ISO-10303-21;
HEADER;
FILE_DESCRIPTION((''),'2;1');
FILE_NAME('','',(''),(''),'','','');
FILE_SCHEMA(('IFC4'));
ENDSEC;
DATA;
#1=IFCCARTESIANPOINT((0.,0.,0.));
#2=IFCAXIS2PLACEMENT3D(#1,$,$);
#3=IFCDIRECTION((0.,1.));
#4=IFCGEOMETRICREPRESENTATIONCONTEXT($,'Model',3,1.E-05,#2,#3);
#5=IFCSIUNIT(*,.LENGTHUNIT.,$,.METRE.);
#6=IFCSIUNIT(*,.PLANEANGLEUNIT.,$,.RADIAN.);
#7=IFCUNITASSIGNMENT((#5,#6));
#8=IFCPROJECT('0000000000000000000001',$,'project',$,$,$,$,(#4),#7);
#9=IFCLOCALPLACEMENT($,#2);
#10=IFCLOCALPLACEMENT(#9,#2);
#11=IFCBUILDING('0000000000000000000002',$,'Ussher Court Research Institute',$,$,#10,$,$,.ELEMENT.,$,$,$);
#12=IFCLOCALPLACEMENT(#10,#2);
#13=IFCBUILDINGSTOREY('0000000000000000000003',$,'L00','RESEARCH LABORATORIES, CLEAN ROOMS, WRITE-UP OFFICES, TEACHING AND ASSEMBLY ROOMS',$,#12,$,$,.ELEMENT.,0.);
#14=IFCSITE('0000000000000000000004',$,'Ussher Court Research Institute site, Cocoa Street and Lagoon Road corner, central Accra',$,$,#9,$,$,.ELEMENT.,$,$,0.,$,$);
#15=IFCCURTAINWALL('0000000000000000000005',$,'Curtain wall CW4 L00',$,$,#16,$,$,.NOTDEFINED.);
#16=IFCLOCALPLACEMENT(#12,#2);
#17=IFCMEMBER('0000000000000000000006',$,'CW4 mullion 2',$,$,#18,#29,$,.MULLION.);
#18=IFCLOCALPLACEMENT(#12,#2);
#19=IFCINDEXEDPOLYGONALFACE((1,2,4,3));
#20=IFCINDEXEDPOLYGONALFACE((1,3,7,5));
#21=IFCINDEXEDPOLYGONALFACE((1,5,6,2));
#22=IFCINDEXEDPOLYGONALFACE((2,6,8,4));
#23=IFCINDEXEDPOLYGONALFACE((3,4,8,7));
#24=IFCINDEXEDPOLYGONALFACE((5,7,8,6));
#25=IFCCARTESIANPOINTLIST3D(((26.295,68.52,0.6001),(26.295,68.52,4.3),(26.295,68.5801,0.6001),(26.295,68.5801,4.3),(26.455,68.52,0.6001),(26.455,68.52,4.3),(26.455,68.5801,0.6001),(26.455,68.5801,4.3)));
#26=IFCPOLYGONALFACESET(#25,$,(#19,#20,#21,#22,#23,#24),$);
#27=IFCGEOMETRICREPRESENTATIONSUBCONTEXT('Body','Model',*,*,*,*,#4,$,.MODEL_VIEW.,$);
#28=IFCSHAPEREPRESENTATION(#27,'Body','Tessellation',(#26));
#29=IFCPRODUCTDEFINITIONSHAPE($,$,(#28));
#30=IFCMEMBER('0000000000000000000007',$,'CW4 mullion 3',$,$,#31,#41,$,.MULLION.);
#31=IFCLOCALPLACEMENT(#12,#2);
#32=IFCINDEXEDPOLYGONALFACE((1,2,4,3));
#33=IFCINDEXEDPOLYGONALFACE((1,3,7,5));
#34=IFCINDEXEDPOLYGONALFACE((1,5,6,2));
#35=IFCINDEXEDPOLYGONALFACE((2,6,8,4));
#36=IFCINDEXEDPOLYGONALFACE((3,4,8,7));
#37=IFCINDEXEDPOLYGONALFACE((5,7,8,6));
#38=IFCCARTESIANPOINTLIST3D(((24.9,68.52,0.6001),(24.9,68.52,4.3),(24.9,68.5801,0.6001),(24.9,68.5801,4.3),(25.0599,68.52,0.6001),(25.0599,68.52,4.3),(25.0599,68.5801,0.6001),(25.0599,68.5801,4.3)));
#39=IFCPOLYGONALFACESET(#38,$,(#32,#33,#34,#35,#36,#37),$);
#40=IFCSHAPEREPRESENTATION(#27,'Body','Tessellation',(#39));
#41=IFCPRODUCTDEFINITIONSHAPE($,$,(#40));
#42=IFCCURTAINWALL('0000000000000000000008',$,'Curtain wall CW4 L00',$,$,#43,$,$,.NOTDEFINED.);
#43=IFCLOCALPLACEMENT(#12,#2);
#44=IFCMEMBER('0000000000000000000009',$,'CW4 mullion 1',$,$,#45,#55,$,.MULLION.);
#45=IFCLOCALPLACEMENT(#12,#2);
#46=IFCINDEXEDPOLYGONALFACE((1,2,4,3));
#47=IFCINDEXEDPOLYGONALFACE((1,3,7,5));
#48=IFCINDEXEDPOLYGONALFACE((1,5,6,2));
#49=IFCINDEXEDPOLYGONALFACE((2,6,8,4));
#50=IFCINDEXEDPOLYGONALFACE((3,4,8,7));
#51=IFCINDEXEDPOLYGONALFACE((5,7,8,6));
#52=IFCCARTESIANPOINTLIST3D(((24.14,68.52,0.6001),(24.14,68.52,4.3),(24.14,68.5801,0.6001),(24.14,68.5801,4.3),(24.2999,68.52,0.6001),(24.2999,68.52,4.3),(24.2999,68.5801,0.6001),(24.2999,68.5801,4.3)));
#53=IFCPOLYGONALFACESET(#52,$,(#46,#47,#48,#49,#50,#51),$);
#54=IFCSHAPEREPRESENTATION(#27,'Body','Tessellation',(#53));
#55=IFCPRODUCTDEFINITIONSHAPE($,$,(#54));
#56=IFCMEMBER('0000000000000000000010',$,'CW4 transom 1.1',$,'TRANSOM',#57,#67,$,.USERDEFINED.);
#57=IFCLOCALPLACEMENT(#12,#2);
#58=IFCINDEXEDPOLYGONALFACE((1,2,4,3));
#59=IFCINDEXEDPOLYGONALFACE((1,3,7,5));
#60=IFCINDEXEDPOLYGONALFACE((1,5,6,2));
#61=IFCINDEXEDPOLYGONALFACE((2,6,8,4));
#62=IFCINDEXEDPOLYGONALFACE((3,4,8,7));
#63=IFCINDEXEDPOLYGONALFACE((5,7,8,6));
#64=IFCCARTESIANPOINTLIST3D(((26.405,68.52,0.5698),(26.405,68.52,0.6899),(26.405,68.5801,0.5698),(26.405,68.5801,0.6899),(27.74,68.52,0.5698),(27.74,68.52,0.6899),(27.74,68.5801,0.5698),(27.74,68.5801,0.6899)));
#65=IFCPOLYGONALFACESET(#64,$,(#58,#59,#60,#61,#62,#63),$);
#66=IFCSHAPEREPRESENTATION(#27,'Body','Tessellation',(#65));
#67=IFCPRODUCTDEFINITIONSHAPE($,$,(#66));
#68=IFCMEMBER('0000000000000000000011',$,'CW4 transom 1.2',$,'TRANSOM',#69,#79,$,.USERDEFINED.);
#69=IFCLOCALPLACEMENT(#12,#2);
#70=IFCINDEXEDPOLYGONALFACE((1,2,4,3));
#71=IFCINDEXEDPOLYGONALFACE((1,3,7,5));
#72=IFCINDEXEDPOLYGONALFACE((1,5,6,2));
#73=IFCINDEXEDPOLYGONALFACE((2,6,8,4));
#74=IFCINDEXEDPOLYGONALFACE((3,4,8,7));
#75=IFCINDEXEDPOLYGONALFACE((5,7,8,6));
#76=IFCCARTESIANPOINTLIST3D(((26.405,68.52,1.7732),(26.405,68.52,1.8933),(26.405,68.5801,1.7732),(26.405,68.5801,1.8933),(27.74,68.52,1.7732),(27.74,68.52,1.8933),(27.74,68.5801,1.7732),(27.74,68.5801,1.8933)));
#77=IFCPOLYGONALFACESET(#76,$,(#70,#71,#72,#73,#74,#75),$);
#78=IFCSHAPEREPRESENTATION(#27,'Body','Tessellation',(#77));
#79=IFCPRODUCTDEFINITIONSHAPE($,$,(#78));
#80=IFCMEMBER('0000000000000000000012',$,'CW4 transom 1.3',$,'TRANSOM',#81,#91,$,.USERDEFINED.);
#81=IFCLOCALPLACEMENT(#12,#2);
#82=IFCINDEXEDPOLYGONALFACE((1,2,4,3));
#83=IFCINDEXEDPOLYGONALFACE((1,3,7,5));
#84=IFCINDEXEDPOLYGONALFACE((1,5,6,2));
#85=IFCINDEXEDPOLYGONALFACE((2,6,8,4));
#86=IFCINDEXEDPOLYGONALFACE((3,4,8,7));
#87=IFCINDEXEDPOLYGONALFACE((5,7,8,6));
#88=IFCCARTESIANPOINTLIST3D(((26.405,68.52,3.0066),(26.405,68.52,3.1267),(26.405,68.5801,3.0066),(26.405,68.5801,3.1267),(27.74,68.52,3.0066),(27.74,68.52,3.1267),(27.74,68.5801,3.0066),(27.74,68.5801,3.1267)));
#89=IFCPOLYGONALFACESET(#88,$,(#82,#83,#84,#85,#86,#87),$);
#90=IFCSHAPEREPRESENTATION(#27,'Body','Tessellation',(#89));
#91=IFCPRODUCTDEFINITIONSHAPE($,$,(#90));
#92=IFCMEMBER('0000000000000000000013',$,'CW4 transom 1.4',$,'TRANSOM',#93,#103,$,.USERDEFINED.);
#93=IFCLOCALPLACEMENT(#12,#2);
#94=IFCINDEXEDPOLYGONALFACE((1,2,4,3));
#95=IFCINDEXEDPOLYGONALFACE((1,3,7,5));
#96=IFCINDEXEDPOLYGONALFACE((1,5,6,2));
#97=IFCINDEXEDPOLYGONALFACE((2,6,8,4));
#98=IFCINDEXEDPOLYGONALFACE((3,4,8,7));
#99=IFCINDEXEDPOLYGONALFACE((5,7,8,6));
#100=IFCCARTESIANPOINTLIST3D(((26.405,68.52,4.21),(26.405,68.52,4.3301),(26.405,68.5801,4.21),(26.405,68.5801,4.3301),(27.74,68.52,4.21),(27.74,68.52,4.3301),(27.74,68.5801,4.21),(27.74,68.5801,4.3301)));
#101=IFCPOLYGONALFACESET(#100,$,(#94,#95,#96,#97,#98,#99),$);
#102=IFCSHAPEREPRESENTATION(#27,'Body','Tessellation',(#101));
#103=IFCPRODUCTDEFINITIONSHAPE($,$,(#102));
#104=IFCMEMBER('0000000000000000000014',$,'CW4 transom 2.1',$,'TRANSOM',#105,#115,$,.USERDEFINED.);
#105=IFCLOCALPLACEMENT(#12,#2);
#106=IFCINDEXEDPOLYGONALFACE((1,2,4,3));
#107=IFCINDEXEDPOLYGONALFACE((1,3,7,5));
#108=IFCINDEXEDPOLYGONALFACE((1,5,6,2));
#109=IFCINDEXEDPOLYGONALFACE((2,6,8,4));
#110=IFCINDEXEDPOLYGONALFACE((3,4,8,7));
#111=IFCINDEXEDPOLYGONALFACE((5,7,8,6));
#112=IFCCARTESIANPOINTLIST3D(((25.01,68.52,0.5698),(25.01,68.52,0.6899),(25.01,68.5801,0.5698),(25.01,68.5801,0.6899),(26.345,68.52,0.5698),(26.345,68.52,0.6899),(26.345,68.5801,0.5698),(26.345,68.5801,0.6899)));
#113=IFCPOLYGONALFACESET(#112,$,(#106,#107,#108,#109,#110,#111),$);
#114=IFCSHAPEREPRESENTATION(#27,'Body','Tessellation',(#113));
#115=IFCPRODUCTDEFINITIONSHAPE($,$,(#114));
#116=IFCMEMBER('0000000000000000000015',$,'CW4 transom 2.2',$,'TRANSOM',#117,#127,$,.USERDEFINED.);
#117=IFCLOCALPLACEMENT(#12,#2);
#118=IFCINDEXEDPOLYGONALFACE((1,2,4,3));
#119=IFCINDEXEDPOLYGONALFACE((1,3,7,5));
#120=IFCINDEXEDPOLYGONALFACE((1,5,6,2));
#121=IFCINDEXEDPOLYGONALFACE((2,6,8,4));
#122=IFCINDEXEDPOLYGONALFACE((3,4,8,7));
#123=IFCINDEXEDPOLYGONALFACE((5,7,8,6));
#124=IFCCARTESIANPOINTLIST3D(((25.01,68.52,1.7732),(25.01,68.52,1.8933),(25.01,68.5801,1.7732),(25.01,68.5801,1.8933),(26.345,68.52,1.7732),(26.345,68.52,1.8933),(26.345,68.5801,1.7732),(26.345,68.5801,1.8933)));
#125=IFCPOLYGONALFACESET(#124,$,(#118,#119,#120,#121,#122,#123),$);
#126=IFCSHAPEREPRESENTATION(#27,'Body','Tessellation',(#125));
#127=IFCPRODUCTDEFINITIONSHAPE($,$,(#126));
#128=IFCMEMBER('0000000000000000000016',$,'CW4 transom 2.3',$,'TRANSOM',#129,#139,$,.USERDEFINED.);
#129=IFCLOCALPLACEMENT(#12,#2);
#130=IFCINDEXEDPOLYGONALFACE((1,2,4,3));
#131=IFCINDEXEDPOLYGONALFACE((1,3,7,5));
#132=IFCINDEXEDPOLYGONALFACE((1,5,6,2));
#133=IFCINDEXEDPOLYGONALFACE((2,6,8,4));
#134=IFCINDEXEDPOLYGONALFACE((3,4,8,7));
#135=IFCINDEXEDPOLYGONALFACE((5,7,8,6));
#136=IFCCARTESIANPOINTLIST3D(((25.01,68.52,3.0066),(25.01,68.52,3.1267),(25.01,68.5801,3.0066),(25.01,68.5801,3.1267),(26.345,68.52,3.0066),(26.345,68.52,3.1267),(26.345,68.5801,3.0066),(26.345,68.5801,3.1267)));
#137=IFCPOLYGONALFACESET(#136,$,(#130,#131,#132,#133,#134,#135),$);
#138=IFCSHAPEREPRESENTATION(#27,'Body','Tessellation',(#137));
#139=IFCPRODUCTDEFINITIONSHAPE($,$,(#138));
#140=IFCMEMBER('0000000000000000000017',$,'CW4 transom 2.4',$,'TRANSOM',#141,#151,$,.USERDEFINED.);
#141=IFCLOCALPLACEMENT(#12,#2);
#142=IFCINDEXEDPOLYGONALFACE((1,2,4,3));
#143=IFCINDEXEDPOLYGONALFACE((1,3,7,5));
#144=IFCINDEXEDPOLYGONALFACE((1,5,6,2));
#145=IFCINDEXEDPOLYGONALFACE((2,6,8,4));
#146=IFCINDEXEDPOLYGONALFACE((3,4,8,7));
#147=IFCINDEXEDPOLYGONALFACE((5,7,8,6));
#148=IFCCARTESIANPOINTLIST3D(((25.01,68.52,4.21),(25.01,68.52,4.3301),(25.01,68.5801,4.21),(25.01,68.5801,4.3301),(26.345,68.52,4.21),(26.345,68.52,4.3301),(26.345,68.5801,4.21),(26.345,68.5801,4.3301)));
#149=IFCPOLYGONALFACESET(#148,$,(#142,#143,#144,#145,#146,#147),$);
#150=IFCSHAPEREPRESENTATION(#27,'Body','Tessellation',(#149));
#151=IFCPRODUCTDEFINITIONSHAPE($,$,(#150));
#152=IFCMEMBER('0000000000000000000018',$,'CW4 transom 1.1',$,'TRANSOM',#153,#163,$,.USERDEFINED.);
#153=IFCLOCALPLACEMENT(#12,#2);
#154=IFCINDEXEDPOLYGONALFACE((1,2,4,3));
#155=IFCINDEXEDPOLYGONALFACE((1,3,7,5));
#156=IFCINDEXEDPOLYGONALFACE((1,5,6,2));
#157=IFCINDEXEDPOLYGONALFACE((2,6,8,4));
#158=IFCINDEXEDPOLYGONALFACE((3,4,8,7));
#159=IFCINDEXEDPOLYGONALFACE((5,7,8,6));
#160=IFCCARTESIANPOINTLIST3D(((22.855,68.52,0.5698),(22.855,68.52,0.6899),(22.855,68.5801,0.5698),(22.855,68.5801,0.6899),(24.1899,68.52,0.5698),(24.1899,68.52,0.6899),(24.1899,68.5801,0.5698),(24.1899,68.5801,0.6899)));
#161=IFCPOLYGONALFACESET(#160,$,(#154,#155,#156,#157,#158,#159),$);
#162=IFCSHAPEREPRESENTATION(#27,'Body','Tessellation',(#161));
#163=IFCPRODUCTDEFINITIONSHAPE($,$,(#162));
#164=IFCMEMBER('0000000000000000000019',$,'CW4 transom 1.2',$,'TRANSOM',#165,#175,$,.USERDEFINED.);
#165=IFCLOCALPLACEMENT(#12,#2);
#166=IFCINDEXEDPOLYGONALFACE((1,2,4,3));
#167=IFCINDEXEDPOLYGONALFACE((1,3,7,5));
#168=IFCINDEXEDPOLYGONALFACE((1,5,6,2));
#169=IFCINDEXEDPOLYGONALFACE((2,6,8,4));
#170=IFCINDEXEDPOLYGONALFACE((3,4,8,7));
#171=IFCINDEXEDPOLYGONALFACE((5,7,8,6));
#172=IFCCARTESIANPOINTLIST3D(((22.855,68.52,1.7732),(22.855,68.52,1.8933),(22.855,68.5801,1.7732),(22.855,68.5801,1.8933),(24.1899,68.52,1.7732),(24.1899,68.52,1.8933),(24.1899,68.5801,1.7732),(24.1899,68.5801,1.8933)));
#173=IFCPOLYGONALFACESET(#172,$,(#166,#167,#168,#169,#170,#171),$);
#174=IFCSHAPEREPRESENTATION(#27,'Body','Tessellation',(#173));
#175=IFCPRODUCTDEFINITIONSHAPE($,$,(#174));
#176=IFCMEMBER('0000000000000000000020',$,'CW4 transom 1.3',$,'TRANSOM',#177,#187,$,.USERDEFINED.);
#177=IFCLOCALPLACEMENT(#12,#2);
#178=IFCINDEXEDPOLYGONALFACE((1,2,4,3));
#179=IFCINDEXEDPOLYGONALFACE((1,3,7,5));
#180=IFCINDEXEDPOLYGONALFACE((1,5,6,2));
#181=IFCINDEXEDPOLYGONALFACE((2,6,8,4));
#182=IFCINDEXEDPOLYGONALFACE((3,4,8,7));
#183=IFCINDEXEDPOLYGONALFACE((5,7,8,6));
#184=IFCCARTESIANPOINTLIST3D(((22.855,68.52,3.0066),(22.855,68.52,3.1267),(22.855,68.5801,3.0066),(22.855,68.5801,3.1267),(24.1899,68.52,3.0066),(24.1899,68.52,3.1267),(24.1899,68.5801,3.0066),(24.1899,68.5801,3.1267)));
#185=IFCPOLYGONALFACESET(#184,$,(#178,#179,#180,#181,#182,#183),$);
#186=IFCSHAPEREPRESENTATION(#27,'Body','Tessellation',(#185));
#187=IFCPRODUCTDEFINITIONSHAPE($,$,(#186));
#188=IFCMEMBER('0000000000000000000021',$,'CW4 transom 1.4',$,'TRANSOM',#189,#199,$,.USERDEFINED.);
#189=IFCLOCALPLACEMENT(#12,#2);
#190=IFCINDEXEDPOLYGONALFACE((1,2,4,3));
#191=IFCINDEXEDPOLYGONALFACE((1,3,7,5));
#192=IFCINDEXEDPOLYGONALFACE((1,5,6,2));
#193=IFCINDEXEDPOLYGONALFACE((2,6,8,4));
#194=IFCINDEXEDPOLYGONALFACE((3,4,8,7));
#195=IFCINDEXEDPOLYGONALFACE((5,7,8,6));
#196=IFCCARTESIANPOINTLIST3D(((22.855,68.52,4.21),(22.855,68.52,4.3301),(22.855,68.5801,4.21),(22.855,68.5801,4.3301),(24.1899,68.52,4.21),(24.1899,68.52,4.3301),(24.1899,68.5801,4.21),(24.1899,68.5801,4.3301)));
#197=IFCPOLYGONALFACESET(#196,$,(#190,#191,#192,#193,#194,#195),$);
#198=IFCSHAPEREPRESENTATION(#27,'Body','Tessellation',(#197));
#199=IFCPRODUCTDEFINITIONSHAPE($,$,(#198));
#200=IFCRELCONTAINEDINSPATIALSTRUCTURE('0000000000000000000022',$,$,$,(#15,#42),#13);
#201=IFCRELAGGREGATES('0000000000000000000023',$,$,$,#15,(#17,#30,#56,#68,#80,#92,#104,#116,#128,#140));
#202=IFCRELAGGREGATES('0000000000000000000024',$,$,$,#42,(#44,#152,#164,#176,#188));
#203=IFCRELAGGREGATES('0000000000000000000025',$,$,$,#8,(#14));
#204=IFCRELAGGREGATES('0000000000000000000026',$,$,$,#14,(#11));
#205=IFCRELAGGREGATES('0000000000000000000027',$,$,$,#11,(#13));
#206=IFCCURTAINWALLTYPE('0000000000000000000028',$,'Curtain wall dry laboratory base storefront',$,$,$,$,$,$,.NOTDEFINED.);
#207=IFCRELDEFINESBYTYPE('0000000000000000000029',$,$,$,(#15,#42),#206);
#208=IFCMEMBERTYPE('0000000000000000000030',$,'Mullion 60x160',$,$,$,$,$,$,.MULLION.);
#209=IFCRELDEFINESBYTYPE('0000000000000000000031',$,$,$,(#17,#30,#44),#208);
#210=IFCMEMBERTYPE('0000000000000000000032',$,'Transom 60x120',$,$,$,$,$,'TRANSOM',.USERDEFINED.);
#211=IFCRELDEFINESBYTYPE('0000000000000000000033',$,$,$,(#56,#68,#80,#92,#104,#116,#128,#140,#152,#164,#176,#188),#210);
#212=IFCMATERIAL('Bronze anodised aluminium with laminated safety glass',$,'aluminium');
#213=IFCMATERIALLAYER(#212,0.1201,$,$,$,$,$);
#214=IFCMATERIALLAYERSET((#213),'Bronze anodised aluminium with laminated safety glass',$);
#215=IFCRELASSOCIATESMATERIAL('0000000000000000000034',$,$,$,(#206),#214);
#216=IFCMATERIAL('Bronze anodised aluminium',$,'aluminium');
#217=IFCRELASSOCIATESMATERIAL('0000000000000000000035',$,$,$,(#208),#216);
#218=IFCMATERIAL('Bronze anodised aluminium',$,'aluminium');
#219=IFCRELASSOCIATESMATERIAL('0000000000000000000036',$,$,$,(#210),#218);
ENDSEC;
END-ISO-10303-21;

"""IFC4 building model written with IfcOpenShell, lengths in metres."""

from ifc_helpers import new_model, si_unit, direction, frame, origin, origin_2d, place, context, subcontext, project, spatial, rectangle, extrude, material, layer, layer_set, material_profile, profile_set, type_object, element, aggregate, save


model = new_model("IFC4")

# Units and contexts
model_context = context("Model", 3, precision=1e-05, world=origin(), true_north=direction((0.0, 1.0)))
body_context = subcontext(model_context, "Body", "Model", "MODEL_VIEW")
ifc_project = project(units=[si_unit("LENGTHUNIT", "METRE"), si_unit("PLANEANGLEUNIT", "RADIAN")], contexts=[model_context])

# Site, building, storey
site_placement = place(None, origin())
site = spatial("IfcSite", under=ifc_project, at=site_placement, Name="Ussher Court Research Institute site, Cocoa Street and Lagoon Road corner, central Accra", CompositionType="ELEMENT", RefElevation=0.0)
building_placement = place(site_placement, origin())
building = spatial("IfcBuilding", under=site, at=building_placement, Name="Ussher Court Research Institute", CompositionType="ELEMENT")
storey_placement = place(building_placement, origin())
storey = spatial("IfcBuildingStorey", under=building, at=storey_placement, Name="L00", Description="RESEARCH LABORATORIES, CLEAN ROOMS, WRITE-UP OFFICES, TEACHING AND ASSEMBLY ROOMS", CompositionType="ELEMENT", Elevation=0.0)

# Curtain wall, members
ifc_material_1 = material(Name="Bronze anodised aluminium with laminated safety glass", Category="aluminium")
ifc_layer_1 = layer(ifc_material_1, 0.1201)
ifc_layer_set_1 = layer_set([ifc_layer_1], Name="Bronze anodised aluminium with laminated safety glass")
curtain_wall_type = type_object("IfcCurtainWallType", Name="Curtain wall dry laboratory base storefront", PredefinedType="NOTDEFINED", material=ifc_layer_set_1)
curtain_wall_1_placement = place(storey_placement, origin())
curtain_wall_1 = element("IfcCurtainWall", 1, at=curtain_wall_1_placement, inside=storey, type_object=curtain_wall_type, Name="Curtain wall CW4 L00", PredefinedType="NOTDEFINED")
ifc_material_2 = material(Name="Bronze anodised aluminium", Category="aluminium")
ifc_material_profile_1 = material_profile(ifc_material_2, rectangle(XDim=0.0601, YDim=0.1599, at=origin_2d()), Name="Mullion 60x160")
ifc_profile_set_1 = profile_set([ifc_material_profile_1], Name="Bronze anodised aluminium")
member_type_1 = type_object("IfcMemberType", Name="Mullion 60x160", PredefinedType="MULLION", material=ifc_profile_set_1)
member_1_placement = place(storey_placement, frame((26.375, 68.55, 0.6001), z_axis=(0.0, 0.0, 1.0), x_axis=(0.0, -1.0, 0.0)))
member_1 = element("IfcMember", 2, at=member_1_placement, type_object=member_type_1, Name="CW4 mullion 2", PredefinedType="MULLION", context=body_context, shape_type="SweptSolid", body=[
    extrude(rectangle(XDim=0.0601, YDim=0.1599, at=origin_2d()), origin(), (0.0, 0.0, 1.0), 3.7),
])
member_2_placement = place(storey_placement, frame((24.98, 68.55, 0.6001), z_axis=(0.0, 0.0, 1.0), x_axis=(0.0, -1.0, 0.0)))
member_2 = element("IfcMember", 3, at=member_2_placement, type_object=member_type_1, Name="CW4 mullion 3", PredefinedType="MULLION", context=body_context, shape_type="SweptSolid", body=[
    extrude(rectangle(XDim=0.0601, YDim=0.1599, at=origin_2d()), origin(), (0.0, 0.0, 1.0), 3.7),
])

# Curtain wall, member
curtain_wall_2_placement = place(storey_placement, origin())
curtain_wall_2 = element("IfcCurtainWall", 4, at=curtain_wall_2_placement, inside=storey, type_object=curtain_wall_type, Name="Curtain wall CW4 L00", PredefinedType="NOTDEFINED")
member_3_placement = place(storey_placement, frame((24.22, 68.55, 0.6001), z_axis=(0.0, 0.0, 1.0), x_axis=(0.0, -1.0, 0.0)))
member_3 = element("IfcMember", 5, at=member_3_placement, type_object=member_type_1, Name="CW4 mullion 1", PredefinedType="MULLION", context=body_context, shape_type="SweptSolid", body=[
    extrude(rectangle(XDim=0.0601, YDim=0.1599, at=origin_2d()), origin(), (0.0, 0.0, 1.0), 3.7),
])

# Members
ifc_material_3 = material(Name="Bronze anodised aluminium", Category="aluminium")
ifc_material_profile_2 = material_profile(ifc_material_3, rectangle(XDim=0.0601, YDim=0.1201, at=origin_2d()), Name="Transom 60x120")
ifc_profile_set_2 = profile_set([ifc_material_profile_2], Name="Bronze anodised aluminium")
member_type_2 = type_object("IfcMemberType", Name="Transom 60x120", ElementType="TRANSOM", PredefinedType="USERDEFINED", material=ifc_profile_set_2)
member_4_placement = place(storey_placement, frame((27.74, 68.55, 0.6299), z_axis=(-1.0, 0.0, 0.0), x_axis=(0.0, -1.0, 0.0)))
member_4 = element("IfcMember", 6, at=member_4_placement, type_object=member_type_2, Name="CW4 transom 1.1", ObjectType="TRANSOM", PredefinedType="USERDEFINED", context=body_context, shape_type="SweptSolid", body=[
    extrude(rectangle(XDim=0.0601, YDim=0.1201, at=origin_2d()), origin(), (0.0, 0.0, 1.0), 1.335),
])
member_5_placement = place(storey_placement, frame((27.74, 68.55, 1.8333), z_axis=(-1.0, 0.0, 0.0), x_axis=(0.0, -1.0, 0.0)))
member_5 = element("IfcMember", 7, at=member_5_placement, type_object=member_type_2, Name="CW4 transom 1.2", ObjectType="TRANSOM", PredefinedType="USERDEFINED", context=body_context, shape_type="SweptSolid", body=[
    extrude(rectangle(XDim=0.0601, YDim=0.1201, at=origin_2d()), origin(), (0.0, 0.0, 1.0), 1.335),
])
member_6_placement = place(storey_placement, frame((27.74, 68.55, 3.0667), z_axis=(-1.0, 0.0, 0.0), x_axis=(0.0, -1.0, 0.0)))
member_6 = element("IfcMember", 8, at=member_6_placement, type_object=member_type_2, Name="CW4 transom 1.3", ObjectType="TRANSOM", PredefinedType="USERDEFINED", context=body_context, shape_type="SweptSolid", body=[
    extrude(rectangle(XDim=0.0601, YDim=0.1201, at=origin_2d()), origin(), (0.0, 0.0, 1.0), 1.335),
])
member_7_placement = place(storey_placement, frame((27.74, 68.55, 4.27), z_axis=(-1.0, 0.0, 0.0), x_axis=(0.0, -1.0, 0.0)))
member_7 = element("IfcMember", 9, at=member_7_placement, type_object=member_type_2, Name="CW4 transom 1.4", ObjectType="TRANSOM", PredefinedType="USERDEFINED", context=body_context, shape_type="SweptSolid", body=[
    extrude(rectangle(XDim=0.0601, YDim=0.1201, at=origin_2d()), origin(), (0.0, 0.0, 1.0), 1.335),
])
member_8_placement = place(storey_placement, frame((26.345, 68.55, 0.6299), z_axis=(-1.0, 0.0, 0.0), x_axis=(0.0, -1.0, 0.0)))
member_8 = element("IfcMember", 10, at=member_8_placement, type_object=member_type_2, Name="CW4 transom 2.1", ObjectType="TRANSOM", PredefinedType="USERDEFINED", context=body_context, shape_type="SweptSolid", body=[
    extrude(rectangle(XDim=0.0601, YDim=0.1201, at=origin_2d()), origin(), (0.0, 0.0, 1.0), 1.335),
])
member_9_placement = place(storey_placement, frame((26.345, 68.55, 1.8333), z_axis=(-1.0, 0.0, 0.0), x_axis=(0.0, -1.0, 0.0)))
member_9 = element("IfcMember", 11, at=member_9_placement, type_object=member_type_2, Name="CW4 transom 2.2", ObjectType="TRANSOM", PredefinedType="USERDEFINED", context=body_context, shape_type="SweptSolid", body=[
    extrude(rectangle(XDim=0.0601, YDim=0.1201, at=origin_2d()), origin(), (0.0, 0.0, 1.0), 1.335),
])
member_10_placement = place(storey_placement, frame((26.345, 68.55, 3.0667), z_axis=(-1.0, 0.0, 0.0), x_axis=(0.0, -1.0, 0.0)))
member_10 = element("IfcMember", 12, at=member_10_placement, type_object=member_type_2, Name="CW4 transom 2.3", ObjectType="TRANSOM", PredefinedType="USERDEFINED", context=body_context, shape_type="SweptSolid", body=[
    extrude(rectangle(XDim=0.0601, YDim=0.1201, at=origin_2d()), origin(), (0.0, 0.0, 1.0), 1.335),
])
member_11_placement = place(storey_placement, frame((26.345, 68.55, 4.27), z_axis=(-1.0, 0.0, 0.0), x_axis=(0.0, -1.0, 0.0)))
member_11 = element("IfcMember", 13, at=member_11_placement, type_object=member_type_2, Name="CW4 transom 2.4", ObjectType="TRANSOM", PredefinedType="USERDEFINED", context=body_context, shape_type="SweptSolid", body=[
    extrude(rectangle(XDim=0.0601, YDim=0.1201, at=origin_2d()), origin(), (0.0, 0.0, 1.0), 1.335),
])
member_12_placement = place(storey_placement, frame((24.1899, 68.55, 0.6299), z_axis=(-1.0, 0.0, 0.0), x_axis=(0.0, -1.0, 0.0)))
member_12 = element("IfcMember", 14, at=member_12_placement, type_object=member_type_2, Name="CW4 transom 1.1", ObjectType="TRANSOM", PredefinedType="USERDEFINED", context=body_context, shape_type="SweptSolid", body=[
    extrude(rectangle(XDim=0.0601, YDim=0.1201, at=origin_2d()), origin(), (0.0, 0.0, 1.0), 1.335),
])
member_13_placement = place(storey_placement, frame((24.1899, 68.55, 1.8333), z_axis=(-1.0, 0.0, 0.0), x_axis=(0.0, -1.0, 0.0)))
member_13 = element("IfcMember", 15, at=member_13_placement, type_object=member_type_2, Name="CW4 transom 1.2", ObjectType="TRANSOM", PredefinedType="USERDEFINED", context=body_context, shape_type="SweptSolid", body=[
    extrude(rectangle(XDim=0.0601, YDim=0.1201, at=origin_2d()), origin(), (0.0, 0.0, 1.0), 1.335),
])
member_14_placement = place(storey_placement, frame((24.1899, 68.55, 3.0667), z_axis=(-1.0, 0.0, 0.0), x_axis=(0.0, -1.0, 0.0)))
member_14 = element("IfcMember", 16, at=member_14_placement, type_object=member_type_2, Name="CW4 transom 1.3", ObjectType="TRANSOM", PredefinedType="USERDEFINED", context=body_context, shape_type="SweptSolid", body=[
    extrude(rectangle(XDim=0.0601, YDim=0.1201, at=origin_2d()), origin(), (0.0, 0.0, 1.0), 1.335),
])
member_15_placement = place(storey_placement, frame((24.1899, 68.55, 4.27), z_axis=(-1.0, 0.0, 0.0), x_axis=(0.0, -1.0, 0.0)))
member_15 = element("IfcMember", 17, at=member_15_placement, type_object=member_type_2, Name="CW4 transom 1.4", ObjectType="TRANSOM", PredefinedType="USERDEFINED", context=body_context, shape_type="SweptSolid", body=[
    extrude(rectangle(XDim=0.0601, YDim=0.1201, at=origin_2d()), origin(), (0.0, 0.0, 1.0), 1.335),
])

aggregate(curtain_wall_1, [member_1, member_2, member_4, member_5, member_6, member_7, member_8, member_9, member_10, member_11])
aggregate(curtain_wall_2, [member_3, member_12, member_13, member_14, member_15])

save(model, "model.ifc")
